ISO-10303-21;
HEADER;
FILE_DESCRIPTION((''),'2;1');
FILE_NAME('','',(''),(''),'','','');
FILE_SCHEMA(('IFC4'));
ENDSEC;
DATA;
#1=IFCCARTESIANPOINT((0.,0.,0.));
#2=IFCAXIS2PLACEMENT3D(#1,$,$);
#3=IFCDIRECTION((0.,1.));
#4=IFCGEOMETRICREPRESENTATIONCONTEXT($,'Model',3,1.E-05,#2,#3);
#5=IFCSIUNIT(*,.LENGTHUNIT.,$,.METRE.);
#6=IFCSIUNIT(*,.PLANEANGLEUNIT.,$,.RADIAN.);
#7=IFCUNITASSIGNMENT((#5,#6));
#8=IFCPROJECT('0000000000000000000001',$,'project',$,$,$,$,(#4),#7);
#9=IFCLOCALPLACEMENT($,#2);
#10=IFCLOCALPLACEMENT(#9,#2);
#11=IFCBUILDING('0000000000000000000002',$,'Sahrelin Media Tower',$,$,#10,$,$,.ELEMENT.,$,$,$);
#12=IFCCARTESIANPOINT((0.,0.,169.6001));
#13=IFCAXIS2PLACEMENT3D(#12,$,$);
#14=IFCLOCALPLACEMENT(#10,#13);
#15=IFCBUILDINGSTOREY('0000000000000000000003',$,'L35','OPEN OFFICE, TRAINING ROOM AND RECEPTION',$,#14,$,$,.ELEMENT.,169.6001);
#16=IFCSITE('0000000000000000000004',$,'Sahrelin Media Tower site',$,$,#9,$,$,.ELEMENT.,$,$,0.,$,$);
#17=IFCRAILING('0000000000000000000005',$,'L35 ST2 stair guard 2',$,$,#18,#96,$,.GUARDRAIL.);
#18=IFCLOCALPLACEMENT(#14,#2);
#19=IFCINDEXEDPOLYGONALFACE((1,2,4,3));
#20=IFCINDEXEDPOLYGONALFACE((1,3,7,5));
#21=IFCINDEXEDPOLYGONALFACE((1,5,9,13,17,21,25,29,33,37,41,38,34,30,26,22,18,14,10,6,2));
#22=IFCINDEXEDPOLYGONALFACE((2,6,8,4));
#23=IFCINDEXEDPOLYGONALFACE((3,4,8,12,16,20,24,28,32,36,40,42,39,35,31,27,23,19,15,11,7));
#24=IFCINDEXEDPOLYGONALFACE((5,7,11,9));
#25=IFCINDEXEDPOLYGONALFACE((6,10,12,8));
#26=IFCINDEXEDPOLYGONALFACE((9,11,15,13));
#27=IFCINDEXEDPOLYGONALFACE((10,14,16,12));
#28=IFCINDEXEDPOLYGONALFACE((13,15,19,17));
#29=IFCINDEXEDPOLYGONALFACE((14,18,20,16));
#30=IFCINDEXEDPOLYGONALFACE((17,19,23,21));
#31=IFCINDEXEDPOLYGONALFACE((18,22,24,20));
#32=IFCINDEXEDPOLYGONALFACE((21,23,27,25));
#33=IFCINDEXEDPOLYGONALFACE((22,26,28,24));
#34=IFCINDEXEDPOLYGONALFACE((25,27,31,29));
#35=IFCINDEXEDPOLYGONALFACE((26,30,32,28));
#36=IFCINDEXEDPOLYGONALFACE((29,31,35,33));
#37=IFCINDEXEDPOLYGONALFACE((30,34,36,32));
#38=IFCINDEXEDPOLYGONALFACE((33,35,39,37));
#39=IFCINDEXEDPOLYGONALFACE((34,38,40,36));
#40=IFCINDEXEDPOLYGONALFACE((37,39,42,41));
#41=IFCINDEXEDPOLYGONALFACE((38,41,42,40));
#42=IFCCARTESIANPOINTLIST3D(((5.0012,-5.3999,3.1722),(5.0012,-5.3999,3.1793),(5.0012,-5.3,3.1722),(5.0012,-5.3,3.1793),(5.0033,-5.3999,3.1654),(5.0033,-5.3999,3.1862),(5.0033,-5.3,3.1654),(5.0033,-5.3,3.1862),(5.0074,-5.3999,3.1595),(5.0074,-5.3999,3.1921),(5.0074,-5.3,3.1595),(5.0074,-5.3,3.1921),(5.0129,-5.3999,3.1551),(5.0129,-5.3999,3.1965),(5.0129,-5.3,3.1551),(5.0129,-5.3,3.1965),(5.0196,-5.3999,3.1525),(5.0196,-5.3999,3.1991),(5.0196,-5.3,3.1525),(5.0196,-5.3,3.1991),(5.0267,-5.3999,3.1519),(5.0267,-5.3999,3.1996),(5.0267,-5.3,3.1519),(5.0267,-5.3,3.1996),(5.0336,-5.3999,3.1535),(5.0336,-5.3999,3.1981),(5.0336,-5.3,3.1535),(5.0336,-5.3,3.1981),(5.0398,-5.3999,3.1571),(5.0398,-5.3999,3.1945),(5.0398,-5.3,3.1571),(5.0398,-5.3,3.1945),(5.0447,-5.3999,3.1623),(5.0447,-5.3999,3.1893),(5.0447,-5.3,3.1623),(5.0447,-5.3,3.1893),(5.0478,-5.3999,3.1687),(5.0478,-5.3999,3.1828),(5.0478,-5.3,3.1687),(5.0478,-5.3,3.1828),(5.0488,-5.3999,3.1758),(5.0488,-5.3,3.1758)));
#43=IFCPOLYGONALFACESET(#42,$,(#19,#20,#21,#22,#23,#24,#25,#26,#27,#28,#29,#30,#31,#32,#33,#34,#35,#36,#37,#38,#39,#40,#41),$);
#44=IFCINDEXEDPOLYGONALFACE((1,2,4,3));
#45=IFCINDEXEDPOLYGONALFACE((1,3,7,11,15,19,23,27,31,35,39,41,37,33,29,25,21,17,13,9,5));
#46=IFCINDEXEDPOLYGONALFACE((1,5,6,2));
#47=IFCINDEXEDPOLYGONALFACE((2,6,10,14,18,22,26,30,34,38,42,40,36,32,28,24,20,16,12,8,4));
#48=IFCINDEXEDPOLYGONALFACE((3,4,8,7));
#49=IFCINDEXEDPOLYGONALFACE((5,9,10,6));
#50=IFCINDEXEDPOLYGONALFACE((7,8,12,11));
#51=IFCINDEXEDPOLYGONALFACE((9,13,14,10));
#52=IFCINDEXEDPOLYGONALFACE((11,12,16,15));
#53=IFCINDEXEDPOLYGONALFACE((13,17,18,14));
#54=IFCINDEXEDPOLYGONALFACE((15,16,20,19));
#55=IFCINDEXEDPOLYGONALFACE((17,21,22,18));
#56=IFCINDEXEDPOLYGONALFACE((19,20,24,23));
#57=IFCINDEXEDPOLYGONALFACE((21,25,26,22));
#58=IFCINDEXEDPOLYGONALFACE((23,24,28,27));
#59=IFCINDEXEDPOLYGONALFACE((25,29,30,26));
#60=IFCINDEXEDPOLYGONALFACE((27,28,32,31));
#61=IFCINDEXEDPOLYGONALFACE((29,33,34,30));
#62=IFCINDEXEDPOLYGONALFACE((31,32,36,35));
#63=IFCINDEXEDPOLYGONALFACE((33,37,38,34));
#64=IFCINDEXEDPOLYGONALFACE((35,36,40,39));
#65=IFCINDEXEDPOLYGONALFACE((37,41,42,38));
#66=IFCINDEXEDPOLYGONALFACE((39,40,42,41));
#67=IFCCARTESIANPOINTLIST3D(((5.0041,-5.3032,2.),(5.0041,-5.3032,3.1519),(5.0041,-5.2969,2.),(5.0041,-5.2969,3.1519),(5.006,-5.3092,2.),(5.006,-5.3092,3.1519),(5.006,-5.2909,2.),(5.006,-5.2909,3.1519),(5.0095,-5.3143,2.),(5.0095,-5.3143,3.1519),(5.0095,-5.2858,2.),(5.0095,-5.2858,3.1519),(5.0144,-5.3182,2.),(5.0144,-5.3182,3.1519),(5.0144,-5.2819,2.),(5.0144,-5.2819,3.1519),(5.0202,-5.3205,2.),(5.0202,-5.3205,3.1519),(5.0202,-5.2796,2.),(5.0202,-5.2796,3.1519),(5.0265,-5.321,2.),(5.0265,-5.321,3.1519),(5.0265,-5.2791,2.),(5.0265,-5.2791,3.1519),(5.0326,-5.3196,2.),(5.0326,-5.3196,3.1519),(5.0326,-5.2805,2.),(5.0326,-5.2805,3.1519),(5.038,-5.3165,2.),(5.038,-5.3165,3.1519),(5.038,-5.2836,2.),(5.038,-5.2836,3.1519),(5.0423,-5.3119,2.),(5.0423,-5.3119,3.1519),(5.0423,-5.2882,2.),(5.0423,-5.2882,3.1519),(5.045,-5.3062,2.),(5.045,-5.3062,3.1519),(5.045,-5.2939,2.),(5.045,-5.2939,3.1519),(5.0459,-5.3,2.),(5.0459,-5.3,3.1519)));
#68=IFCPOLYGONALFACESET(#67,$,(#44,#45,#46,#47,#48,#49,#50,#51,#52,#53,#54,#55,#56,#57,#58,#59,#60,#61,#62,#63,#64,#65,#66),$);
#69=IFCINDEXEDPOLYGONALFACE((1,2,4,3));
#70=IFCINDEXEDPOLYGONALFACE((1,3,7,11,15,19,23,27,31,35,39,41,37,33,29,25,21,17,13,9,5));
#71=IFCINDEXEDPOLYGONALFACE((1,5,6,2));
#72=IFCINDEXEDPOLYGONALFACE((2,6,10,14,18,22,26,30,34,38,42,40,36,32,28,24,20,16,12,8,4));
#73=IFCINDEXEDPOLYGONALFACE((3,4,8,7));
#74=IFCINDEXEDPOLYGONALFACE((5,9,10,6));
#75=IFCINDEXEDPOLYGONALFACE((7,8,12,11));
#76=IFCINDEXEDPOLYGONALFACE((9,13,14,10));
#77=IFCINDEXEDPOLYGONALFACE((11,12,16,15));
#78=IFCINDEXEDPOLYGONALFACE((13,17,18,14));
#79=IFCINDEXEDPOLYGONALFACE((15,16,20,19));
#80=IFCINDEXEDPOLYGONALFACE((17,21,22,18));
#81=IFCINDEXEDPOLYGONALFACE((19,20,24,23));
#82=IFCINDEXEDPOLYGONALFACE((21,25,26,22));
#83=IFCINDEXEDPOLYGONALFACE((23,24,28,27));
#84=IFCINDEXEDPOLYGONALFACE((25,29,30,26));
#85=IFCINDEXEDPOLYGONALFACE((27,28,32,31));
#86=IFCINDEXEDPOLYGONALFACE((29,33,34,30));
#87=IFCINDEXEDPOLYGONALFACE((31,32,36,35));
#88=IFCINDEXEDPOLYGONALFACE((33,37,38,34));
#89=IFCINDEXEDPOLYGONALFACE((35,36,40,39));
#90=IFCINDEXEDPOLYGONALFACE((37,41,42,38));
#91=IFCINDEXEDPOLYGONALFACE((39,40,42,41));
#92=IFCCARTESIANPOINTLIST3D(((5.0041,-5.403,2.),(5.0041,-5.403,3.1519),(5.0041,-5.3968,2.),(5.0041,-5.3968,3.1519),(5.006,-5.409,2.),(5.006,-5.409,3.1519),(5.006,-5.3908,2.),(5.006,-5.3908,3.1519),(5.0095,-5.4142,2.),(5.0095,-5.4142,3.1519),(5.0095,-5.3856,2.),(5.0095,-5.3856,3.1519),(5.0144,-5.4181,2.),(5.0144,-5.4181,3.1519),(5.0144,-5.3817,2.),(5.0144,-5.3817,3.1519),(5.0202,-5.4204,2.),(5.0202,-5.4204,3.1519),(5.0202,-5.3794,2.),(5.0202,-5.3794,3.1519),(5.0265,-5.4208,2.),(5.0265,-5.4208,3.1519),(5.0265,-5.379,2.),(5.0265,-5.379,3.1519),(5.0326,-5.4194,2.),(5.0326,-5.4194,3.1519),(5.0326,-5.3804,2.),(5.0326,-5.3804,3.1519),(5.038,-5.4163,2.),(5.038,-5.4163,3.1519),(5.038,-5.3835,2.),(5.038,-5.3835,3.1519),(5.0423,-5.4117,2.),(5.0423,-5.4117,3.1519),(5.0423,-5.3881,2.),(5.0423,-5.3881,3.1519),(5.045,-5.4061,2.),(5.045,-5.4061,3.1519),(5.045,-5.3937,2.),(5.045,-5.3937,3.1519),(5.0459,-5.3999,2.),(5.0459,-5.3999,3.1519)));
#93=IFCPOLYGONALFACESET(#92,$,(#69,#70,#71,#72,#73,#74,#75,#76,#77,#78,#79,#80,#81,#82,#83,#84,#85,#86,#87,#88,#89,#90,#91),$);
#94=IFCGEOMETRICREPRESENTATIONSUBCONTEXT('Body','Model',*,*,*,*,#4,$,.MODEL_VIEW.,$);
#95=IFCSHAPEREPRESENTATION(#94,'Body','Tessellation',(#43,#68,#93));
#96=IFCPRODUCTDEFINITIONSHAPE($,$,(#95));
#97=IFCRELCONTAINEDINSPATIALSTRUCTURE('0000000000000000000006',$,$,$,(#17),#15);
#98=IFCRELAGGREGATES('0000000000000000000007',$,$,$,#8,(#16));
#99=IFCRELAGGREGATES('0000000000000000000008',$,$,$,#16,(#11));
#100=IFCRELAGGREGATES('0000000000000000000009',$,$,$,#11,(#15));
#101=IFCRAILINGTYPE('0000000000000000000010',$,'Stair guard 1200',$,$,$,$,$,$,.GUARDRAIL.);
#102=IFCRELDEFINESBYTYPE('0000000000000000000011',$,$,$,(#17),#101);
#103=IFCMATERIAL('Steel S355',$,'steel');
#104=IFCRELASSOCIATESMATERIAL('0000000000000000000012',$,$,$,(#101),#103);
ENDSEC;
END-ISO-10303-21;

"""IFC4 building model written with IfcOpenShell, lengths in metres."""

from ifc_helpers import new_model, si_unit, direction, frame, origin, origin_2d, place, context, subcontext, project, spatial, circle, extrude, material, type_object, element, save


model = new_model("IFC4")

# Units and contexts
model_context = context("Model", 3, precision=1e-05, world=origin(), true_north=direction((0.0, 1.0)))
body_context = subcontext(model_context, "Body", "Model", "MODEL_VIEW")
ifc_project = project(units=[si_unit("LENGTHUNIT", "METRE"), si_unit("PLANEANGLEUNIT", "RADIAN")], contexts=[model_context])

# Site, building, storey
site_placement = place(None, origin())
site = spatial("IfcSite", under=ifc_project, at=site_placement, Name="Sahrelin Media Tower site", CompositionType="ELEMENT", RefElevation=0.0)
building_placement = place(site_placement, origin())
building = spatial("IfcBuilding", under=site, at=building_placement, Name="Sahrelin Media Tower", CompositionType="ELEMENT")
storey_placement = place(building_placement, frame((0.0, 0.0, 169.6001)))
storey = spatial("IfcBuildingStorey", under=building, at=storey_placement, Name="L35", Description="OPEN OFFICE, TRAINING ROOM AND RECEPTION", CompositionType="ELEMENT", Elevation=169.6001)

# Shared definitions
ifc_material_1 = material(Name="Steel S355", Category="steel")

# Railing
railing_type_1 = type_object("IfcRailingType", Name="Stair guard 1200", PredefinedType="GUARDRAIL", material=ifc_material_1)
railing_1_placement = place(storey_placement, frame((5.0249, -5.3, 2.0)))
element("IfcRailing", 1, at=railing_1_placement, inside=storey, type_object=railing_type_1, Name="L35 ST2 stair guard 2", PredefinedType="GUARDRAIL", context=body_context, shape_type="SweptSolid", body=[
    extrude(circle(Radius=0.0239, at=origin_2d()), frame((0.0, 0.0, 1.1758), z_axis=(0.0, -1.0, 0.0), x_axis=(1.0, 0.0, 0.0)), (0.0, 0.0, 1.0), 0.0999),
    extrude(circle(Radius=0.021, at=origin_2d()), origin(), (0.0, 0.0, 1.0), 1.1519),
    extrude(circle(Radius=0.021, at=origin_2d()), frame((0.0, -0.0999, 0.0)), (0.0, 0.0, 1.0), 1.1519),
])

save(model, "model.ifc")
